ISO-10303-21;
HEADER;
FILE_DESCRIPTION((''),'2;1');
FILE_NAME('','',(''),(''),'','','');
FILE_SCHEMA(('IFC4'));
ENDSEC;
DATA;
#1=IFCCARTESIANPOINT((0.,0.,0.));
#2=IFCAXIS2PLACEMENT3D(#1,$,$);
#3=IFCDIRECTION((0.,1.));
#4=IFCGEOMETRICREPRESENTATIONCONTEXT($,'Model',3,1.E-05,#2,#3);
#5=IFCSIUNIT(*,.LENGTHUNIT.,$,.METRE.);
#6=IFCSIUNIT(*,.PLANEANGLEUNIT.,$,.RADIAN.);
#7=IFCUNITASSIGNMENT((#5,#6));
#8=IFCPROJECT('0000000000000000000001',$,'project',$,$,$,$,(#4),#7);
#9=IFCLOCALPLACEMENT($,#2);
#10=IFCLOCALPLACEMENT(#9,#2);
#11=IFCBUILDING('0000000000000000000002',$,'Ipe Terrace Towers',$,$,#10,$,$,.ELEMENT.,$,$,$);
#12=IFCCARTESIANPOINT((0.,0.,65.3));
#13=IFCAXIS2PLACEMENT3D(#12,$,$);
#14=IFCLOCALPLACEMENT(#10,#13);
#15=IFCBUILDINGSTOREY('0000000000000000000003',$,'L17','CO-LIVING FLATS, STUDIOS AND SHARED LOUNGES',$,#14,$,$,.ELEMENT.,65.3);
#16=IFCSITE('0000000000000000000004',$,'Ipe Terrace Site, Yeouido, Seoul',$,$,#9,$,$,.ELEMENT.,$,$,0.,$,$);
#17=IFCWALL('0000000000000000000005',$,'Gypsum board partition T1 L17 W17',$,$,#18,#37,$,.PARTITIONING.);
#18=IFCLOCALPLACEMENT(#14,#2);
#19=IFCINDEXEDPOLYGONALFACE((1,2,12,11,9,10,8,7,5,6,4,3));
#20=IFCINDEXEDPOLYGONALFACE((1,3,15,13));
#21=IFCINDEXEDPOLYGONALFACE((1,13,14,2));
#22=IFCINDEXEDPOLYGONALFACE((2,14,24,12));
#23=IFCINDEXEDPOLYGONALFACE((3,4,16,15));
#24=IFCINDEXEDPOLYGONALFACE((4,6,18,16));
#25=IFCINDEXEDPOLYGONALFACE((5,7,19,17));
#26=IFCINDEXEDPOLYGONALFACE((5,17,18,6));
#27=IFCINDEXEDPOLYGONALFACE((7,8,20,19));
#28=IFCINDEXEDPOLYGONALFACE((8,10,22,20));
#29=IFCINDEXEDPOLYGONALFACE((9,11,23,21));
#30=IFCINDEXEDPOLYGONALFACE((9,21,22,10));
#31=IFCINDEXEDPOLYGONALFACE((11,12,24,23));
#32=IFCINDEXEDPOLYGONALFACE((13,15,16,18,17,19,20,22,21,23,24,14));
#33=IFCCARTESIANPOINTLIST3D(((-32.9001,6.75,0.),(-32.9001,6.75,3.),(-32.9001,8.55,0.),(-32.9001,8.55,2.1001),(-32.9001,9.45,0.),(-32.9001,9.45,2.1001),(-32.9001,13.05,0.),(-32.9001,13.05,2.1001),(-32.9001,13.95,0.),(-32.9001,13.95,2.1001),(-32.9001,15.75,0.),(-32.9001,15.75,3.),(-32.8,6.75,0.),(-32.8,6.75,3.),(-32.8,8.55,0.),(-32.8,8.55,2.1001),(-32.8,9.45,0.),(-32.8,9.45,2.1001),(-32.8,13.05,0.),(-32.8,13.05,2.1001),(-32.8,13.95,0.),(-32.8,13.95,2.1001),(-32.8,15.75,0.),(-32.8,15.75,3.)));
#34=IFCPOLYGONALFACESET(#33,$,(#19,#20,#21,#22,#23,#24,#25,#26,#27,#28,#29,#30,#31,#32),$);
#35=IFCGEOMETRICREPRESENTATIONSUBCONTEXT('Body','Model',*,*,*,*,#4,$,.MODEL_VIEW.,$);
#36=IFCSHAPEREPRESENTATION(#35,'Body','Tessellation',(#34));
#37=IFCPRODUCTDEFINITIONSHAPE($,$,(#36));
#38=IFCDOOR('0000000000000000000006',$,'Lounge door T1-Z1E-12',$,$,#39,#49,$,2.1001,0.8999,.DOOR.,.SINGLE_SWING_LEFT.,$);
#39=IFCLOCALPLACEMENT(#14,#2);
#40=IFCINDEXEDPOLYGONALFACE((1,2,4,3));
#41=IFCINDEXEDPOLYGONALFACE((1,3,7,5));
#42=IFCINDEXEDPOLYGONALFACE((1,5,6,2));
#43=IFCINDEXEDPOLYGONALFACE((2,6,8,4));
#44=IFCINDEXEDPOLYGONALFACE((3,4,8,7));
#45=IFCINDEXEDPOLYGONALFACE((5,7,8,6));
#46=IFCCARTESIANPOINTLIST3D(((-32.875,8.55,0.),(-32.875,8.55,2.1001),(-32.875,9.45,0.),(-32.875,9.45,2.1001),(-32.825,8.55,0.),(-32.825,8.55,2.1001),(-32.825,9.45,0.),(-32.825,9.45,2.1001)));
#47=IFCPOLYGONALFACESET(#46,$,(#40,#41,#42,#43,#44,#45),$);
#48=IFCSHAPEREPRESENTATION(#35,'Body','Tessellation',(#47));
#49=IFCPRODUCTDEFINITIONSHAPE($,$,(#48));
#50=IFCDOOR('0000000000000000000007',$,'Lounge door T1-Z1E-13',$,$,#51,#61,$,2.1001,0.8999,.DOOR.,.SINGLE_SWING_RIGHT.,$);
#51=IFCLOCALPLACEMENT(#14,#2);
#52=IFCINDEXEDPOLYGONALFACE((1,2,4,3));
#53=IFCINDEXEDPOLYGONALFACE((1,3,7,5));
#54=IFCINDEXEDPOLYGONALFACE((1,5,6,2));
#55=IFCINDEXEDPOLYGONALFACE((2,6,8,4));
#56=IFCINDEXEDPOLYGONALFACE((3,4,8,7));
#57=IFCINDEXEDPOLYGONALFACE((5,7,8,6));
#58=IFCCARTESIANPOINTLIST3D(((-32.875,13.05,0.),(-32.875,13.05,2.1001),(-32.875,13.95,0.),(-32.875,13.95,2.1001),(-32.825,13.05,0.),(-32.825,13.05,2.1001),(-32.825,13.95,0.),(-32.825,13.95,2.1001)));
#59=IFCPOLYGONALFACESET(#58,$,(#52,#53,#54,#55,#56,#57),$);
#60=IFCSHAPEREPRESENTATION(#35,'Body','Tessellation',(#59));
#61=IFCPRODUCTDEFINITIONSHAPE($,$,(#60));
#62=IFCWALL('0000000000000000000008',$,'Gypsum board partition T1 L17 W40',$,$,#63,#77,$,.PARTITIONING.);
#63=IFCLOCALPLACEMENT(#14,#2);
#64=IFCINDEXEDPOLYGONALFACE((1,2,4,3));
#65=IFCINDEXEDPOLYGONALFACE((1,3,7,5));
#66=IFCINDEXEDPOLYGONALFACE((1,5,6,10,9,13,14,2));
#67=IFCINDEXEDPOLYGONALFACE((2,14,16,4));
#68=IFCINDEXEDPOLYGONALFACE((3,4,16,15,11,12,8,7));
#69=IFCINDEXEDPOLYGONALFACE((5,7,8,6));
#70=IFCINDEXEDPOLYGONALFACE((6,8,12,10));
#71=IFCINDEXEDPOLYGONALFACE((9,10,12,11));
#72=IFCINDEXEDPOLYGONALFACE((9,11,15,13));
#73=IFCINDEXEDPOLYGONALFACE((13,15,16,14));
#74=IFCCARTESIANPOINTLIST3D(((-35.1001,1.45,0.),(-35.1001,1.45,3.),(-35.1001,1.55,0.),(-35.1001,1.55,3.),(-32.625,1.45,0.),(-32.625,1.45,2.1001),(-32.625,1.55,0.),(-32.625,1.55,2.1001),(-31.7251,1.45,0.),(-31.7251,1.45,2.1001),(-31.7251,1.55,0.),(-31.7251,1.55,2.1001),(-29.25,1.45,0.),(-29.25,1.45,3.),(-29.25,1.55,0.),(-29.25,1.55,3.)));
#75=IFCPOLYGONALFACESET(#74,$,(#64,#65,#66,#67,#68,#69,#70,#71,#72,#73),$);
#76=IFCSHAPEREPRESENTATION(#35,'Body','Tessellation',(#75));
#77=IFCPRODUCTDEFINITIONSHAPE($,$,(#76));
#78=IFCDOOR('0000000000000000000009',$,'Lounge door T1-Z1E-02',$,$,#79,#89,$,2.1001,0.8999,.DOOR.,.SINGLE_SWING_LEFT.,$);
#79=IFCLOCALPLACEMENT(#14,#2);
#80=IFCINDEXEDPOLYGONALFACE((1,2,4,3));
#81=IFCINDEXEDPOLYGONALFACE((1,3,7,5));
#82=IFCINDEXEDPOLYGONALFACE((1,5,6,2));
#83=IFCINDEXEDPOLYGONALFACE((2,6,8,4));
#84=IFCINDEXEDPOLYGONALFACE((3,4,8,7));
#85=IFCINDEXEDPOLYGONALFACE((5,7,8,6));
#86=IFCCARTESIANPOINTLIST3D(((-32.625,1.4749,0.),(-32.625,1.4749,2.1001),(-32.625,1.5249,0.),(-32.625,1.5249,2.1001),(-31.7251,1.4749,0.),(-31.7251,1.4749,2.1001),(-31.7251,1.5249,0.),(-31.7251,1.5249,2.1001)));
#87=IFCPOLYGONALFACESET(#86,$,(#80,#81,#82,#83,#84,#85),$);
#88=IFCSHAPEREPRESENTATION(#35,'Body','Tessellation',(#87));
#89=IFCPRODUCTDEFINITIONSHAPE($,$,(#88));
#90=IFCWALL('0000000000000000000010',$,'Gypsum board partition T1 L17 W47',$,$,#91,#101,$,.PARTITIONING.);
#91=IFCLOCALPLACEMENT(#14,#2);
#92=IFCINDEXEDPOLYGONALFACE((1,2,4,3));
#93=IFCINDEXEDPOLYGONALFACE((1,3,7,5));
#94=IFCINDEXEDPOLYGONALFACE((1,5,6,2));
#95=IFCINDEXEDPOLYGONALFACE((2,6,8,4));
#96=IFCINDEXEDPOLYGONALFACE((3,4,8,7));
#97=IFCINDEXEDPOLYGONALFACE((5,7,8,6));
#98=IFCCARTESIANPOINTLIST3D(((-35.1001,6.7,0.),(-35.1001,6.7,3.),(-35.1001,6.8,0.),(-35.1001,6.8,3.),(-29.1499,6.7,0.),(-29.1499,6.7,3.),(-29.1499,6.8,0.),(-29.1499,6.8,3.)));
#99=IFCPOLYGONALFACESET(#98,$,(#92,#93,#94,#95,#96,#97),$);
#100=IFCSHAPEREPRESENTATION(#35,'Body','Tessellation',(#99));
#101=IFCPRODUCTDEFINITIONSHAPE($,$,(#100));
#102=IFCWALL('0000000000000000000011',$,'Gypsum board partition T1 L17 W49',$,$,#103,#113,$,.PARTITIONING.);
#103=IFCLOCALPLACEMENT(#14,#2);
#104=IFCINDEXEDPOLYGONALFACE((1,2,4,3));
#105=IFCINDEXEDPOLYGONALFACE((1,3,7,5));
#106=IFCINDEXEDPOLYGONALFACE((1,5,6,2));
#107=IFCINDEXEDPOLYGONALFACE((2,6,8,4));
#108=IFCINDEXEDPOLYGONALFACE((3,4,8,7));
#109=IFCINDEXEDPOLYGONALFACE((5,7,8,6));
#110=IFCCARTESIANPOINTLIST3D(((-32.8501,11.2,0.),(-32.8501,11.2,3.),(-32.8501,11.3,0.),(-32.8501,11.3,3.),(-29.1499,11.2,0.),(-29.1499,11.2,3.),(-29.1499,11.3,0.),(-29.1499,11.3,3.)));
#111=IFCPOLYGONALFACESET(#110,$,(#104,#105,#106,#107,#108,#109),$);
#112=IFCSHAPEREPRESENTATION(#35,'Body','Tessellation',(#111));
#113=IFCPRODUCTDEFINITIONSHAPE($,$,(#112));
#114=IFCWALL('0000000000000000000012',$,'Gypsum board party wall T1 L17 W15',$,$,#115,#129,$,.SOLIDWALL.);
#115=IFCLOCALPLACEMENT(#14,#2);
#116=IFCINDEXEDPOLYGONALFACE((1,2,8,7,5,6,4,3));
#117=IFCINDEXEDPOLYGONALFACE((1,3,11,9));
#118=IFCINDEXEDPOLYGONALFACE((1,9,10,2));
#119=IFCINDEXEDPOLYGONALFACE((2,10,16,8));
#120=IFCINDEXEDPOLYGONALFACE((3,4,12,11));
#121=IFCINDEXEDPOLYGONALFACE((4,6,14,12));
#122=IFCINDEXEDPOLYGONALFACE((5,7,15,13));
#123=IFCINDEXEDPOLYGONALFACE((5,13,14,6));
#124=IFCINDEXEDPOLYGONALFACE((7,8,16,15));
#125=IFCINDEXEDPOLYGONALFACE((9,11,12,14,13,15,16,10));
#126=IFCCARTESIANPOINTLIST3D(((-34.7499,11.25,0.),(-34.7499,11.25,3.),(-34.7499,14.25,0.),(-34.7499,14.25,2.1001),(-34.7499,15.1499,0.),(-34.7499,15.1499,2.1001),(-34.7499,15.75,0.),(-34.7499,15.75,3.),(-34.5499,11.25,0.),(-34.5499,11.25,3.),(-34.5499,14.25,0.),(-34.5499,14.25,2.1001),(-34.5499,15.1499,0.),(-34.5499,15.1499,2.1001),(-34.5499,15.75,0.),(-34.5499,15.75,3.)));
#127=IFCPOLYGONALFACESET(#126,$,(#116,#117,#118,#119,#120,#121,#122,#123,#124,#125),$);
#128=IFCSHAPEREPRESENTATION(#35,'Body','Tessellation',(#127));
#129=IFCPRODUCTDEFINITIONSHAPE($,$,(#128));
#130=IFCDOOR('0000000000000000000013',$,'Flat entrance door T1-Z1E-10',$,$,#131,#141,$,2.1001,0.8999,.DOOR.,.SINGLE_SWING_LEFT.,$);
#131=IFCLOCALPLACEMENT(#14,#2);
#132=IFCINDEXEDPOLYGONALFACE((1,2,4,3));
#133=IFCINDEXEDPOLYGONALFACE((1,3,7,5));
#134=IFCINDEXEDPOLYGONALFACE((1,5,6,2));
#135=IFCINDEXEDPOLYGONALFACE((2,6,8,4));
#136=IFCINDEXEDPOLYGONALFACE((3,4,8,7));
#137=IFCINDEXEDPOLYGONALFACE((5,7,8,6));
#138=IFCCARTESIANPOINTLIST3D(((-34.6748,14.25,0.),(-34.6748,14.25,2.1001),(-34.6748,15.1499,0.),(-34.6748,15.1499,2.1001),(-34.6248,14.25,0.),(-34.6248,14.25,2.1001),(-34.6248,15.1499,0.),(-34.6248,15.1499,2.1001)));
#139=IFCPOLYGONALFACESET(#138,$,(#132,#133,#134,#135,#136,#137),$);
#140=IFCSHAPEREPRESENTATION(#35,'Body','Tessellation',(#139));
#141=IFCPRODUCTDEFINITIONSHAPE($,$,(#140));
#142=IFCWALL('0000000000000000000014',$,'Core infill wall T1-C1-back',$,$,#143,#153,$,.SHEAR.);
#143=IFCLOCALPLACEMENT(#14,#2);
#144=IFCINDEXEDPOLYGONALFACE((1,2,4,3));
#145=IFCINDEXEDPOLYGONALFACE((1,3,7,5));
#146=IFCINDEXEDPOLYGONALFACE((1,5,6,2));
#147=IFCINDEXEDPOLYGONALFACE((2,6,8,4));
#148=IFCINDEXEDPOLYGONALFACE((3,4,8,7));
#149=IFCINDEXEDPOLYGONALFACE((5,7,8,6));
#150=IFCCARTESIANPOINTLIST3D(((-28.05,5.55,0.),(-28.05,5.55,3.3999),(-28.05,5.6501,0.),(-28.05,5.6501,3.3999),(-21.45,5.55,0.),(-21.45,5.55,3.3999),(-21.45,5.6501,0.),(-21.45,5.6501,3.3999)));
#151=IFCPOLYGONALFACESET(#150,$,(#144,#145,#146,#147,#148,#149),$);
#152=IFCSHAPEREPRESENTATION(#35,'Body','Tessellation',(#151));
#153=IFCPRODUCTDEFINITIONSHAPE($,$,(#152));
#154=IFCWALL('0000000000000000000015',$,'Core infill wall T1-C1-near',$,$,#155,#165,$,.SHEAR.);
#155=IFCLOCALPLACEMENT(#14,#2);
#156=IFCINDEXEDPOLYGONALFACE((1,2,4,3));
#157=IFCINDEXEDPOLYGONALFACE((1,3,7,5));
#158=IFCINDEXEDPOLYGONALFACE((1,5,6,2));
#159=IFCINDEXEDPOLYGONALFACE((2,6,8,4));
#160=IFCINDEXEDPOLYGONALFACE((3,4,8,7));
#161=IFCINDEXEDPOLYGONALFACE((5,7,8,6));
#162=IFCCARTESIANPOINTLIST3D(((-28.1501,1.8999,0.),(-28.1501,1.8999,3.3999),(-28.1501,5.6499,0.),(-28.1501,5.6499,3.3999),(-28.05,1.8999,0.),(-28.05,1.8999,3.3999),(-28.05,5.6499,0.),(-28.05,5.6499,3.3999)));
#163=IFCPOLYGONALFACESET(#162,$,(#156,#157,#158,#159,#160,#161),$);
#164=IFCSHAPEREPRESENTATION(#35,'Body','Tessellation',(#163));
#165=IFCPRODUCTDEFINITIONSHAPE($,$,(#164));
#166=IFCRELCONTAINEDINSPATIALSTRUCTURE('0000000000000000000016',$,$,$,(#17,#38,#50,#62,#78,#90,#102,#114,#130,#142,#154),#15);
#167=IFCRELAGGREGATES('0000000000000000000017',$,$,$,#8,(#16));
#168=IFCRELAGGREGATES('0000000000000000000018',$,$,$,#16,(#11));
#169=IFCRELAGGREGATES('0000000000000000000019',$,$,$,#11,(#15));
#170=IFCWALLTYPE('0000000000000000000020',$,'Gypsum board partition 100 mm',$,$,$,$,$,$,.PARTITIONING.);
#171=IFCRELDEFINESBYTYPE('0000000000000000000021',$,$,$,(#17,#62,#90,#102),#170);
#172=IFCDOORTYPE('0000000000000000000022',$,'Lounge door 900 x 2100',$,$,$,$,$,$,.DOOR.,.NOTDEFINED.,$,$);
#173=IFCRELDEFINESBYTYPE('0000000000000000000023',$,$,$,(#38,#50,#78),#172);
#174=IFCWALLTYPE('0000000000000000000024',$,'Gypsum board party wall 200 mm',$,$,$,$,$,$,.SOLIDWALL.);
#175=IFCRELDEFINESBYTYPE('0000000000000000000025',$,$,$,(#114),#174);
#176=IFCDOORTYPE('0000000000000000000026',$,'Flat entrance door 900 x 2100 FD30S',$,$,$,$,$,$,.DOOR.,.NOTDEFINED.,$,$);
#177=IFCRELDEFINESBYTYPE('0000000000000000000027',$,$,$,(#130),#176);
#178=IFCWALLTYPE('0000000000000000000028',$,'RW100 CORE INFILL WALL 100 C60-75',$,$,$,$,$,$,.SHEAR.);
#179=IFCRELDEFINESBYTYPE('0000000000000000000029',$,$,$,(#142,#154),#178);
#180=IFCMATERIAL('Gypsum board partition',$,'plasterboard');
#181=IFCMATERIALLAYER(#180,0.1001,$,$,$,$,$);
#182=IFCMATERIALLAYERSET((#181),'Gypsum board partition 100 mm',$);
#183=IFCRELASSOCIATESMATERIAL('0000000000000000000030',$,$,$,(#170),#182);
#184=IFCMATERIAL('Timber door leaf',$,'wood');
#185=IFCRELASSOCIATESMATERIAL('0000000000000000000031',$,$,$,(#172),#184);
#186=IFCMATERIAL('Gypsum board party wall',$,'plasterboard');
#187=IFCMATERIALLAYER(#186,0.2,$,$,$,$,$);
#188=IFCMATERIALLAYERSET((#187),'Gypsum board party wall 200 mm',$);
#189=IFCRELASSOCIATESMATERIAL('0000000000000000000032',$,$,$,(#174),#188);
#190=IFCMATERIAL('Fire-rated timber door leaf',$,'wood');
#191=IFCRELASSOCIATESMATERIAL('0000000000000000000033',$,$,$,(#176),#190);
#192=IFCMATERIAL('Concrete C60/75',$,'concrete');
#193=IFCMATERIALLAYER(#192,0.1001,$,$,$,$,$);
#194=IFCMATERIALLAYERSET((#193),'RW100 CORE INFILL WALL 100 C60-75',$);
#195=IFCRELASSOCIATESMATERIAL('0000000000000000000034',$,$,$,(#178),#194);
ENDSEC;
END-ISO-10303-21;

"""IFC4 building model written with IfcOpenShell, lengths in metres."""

from ifc_helpers import new_model, si_unit, direction, frame, frame_2d, origin, place, context, subcontext, project, spatial, rectangle, extrude, material, layer, layer_set, type_object, element, fill, save


model = new_model("IFC4")

# Units and contexts
model_context = context("Model", 3, precision=1e-05, world=origin(), true_north=direction((0.0, 1.0)))
body_context = subcontext(model_context, "Body", "Model", "MODEL_VIEW")
ifc_project = project(units=[si_unit("LENGTHUNIT", "METRE"), si_unit("PLANEANGLEUNIT", "RADIAN")], contexts=[model_context])

# Site, building, storey
site_placement = place(None, origin())
site = spatial("IfcSite", under=ifc_project, at=site_placement, Name="Ipe Terrace Site, Yeouido, Seoul", CompositionType="ELEMENT", RefElevation=0.0)
building_placement = place(site_placement, origin())
building = spatial("IfcBuilding", under=site, at=building_placement, Name="Ipe Terrace Towers", CompositionType="ELEMENT")
storey_placement = place(building_placement, frame((0.0, 0.0, 65.3)))
storey = spatial("IfcBuildingStorey", under=building, at=storey_placement, Name="L17", Description="CO-LIVING FLATS, STUDIOS AND SHARED LOUNGES", CompositionType="ELEMENT", Elevation=65.3)

# Shared definitions
ifc_material_1 = material(Name="Gypsum board partition", Category="plasterboard")
ifc_layer_1 = layer(ifc_material_1, 0.1001)
ifc_layer_set_1 = layer_set([ifc_layer_1], Name="Gypsum board partition 100 mm")
wall_type_1 = type_object("IfcWallType", Name="Gypsum board partition 100 mm", PredefinedType="PARTITIONING", material=ifc_layer_set_1)

# Shared definitions
ifc_material_2 = material(Name="Timber door leaf", Category="wood")
door_type_1 = type_object("IfcDoorType", Name="Lounge door 900 x 2100", OperationType="NOTDEFINED", PredefinedType="DOOR", material=ifc_material_2)

# Wall, openings, doors
wall_1_placement = place(storey_placement, frame((-32.8501, 6.75, 0.0), z_axis=(0.0, 0.0, 1.0), x_axis=(0.0, 1.0, 0.0)))
wall_1 = element("IfcWall", 1, at=wall_1_placement, inside=storey, type_object=wall_type_1, Name="Gypsum board partition T1 L17 W17", PredefinedType="PARTITIONING", context=body_context, shape_type="SweptSolid", body=[
    extrude(rectangle(XDim=9.0, YDim=0.1001, at=frame_2d((4.5, 0.0))), origin(), (0.0, 0.0, 1.0), 3.0),
])
opening_1_placement = place(wall_1_placement, frame((1.8, 0.0, 0.0)))
opening_1 = element("IfcOpeningElement", 2, at=opening_1_placement, cuts=wall_1, PredefinedType="OPENING", context=body_context, shape_type="SweptSolid", body=[
    extrude(rectangle(XDim=0.8999, YDim=2.1001, at=frame_2d((0.45, 1.05))), frame((0.0, 0.0601, 0.0), z_axis=(0.0, -1.0, 0.0), x_axis=(1.0, 0.0, 0.0)), (0.0, 0.0, 1.0), 0.1201),
])
opening_2_placement = place(wall_1_placement, frame((6.3, 0.0, 0.0)))
opening_2 = element("IfcOpeningElement", 3, at=opening_2_placement, cuts=wall_1, PredefinedType="OPENING", context=body_context, shape_type="SweptSolid", body=[
    extrude(rectangle(XDim=0.8999, YDim=2.1001, at=frame_2d((0.45, 1.05))), frame((0.0, 0.0601, 0.0), z_axis=(0.0, -1.0, 0.0), x_axis=(1.0, 0.0, 0.0)), (0.0, 0.0, 1.0), 0.1201),
])
door_1_placement = place(opening_1_placement, origin())
door_1 = element("IfcDoor", 4, at=door_1_placement, inside=storey, type_object=door_type_1, Name="Lounge door T1-Z1E-12", OperationType="SINGLE_SWING_LEFT", OverallHeight=2.1001, OverallWidth=0.8999, PredefinedType="DOOR", context=body_context, shape_type="SweptSolid", body=[
    extrude(rectangle(XDim=0.8999, YDim=2.1001, at=frame_2d((0.45, 1.05))), frame((0.0, 0.0249, 0.0), z_axis=(0.0, -1.0, 0.0), x_axis=(1.0, 0.0, 0.0)), (0.0, 0.0, 1.0), 0.05),
])
fill(opening_1, door_1)
door_2_placement = place(opening_2_placement, origin())
door_2 = element("IfcDoor", 5, at=door_2_placement, inside=storey, type_object=door_type_1, Name="Lounge door T1-Z1E-13", OperationType="SINGLE_SWING_RIGHT", OverallHeight=2.1001, OverallWidth=0.8999, PredefinedType="DOOR", context=body_context, shape_type="SweptSolid", body=[
    extrude(rectangle(XDim=0.8999, YDim=2.1001, at=frame_2d((0.45, 1.05))), frame((0.0, 0.0249, 0.0), z_axis=(0.0, -1.0, 0.0), x_axis=(1.0, 0.0, 0.0)), (0.0, 0.0, 1.0), 0.05),
])
fill(opening_2, door_2)

# Wall, opening, door
wall_2_placement = place(storey_placement, frame((-35.1001, 1.5, 0.0), z_axis=(0.0, 0.0, 1.0), x_axis=(1.0, 0.0, 0.0)))
wall_2 = element("IfcWall", 6, at=wall_2_placement, inside=storey, type_object=wall_type_1, Name="Gypsum board partition T1 L17 W40", PredefinedType="PARTITIONING", context=body_context, shape_type="SweptSolid", body=[
    extrude(rectangle(XDim=5.8501, YDim=0.1001, at=frame_2d((2.925, 0.0))), origin(), (0.0, 0.0, 1.0), 3.0),
])
opening_3_placement = place(wall_2_placement, frame((2.4751, 0.0, 0.0)))
opening_3 = element("IfcOpeningElement", 7, at=opening_3_placement, cuts=wall_2, PredefinedType="OPENING", context=body_context, shape_type="SweptSolid", body=[
    extrude(rectangle(XDim=0.8999, YDim=2.1001, at=frame_2d((0.45, 1.05))), frame((0.0, 0.0601, 0.0), z_axis=(0.0, -1.0, 0.0), x_axis=(1.0, 0.0, 0.0)), (0.0, 0.0, 1.0), 0.1201),
])
door_3_placement = place(opening_3_placement, origin())
door_3 = element("IfcDoor", 8, at=door_3_placement, inside=storey, type_object=door_type_1, Name="Lounge door T1-Z1E-02", OperationType="SINGLE_SWING_LEFT", OverallHeight=2.1001, OverallWidth=0.8999, PredefinedType="DOOR", context=body_context, shape_type="SweptSolid", body=[
    extrude(rectangle(XDim=0.8999, YDim=2.1001, at=frame_2d((0.45, 1.05))), frame((0.0, 0.0249, 0.0), z_axis=(0.0, -1.0, 0.0), x_axis=(1.0, 0.0, 0.0)), (0.0, 0.0, 1.0), 0.05),
])
fill(opening_3, door_3)

# Walls
wall_3_placement = place(storey_placement, frame((-35.1001, 6.75, 0.0), z_axis=(0.0, 0.0, 1.0), x_axis=(1.0, 0.0, 0.0)))
element("IfcWall", 9, at=wall_3_placement, inside=storey, type_object=wall_type_1, Name="Gypsum board partition T1 L17 W47", PredefinedType="PARTITIONING", context=body_context, shape_type="SweptSolid", body=[
    extrude(rectangle(XDim=5.9502, YDim=0.1001, at=frame_2d((2.9751, 0.0))), origin(), (0.0, 0.0, 1.0), 3.0),
])
wall_4_placement = place(storey_placement, frame((-32.8501, 11.25, 0.0), z_axis=(0.0, 0.0, 1.0), x_axis=(1.0, 0.0, 0.0)))
element("IfcWall", 10, at=wall_4_placement, inside=storey, type_object=wall_type_1, Name="Gypsum board partition T1 L17 W49", PredefinedType="PARTITIONING", context=body_context, shape_type="SweptSolid", body=[
    extrude(rectangle(XDim=3.7002, YDim=0.1001, at=frame_2d((1.8501, 0.0))), origin(), (0.0, 0.0, 1.0), 3.0),
])

# Wall, opening, door
ifc_material_3 = material(Name="Gypsum board party wall", Category="plasterboard")
ifc_layer_2 = layer(ifc_material_3, 0.2)
ifc_layer_set_2 = layer_set([ifc_layer_2], Name="Gypsum board party wall 200 mm")
wall_type_2 = type_object("IfcWallType", Name="Gypsum board party wall 200 mm", PredefinedType="SOLIDWALL", material=ifc_layer_set_2)
wall_5_placement = place(storey_placement, frame((-34.6499, 11.25, 0.0), z_axis=(0.0, 0.0, 1.0), x_axis=(0.0, 1.0, 0.0)))
wall_5 = element("IfcWall", 11, at=wall_5_placement, inside=storey, type_object=wall_type_2, Name="Gypsum board party wall T1 L17 W15", PredefinedType="SOLIDWALL", context=body_context, shape_type="SweptSolid", body=[
    extrude(rectangle(XDim=4.5, YDim=0.2, at=frame_2d((2.25, 0.0))), origin(), (0.0, 0.0, 1.0), 3.0),
])
opening_4_placement = place(wall_5_placement, frame((3.0, 0.0, 0.0)))
opening_4 = element("IfcOpeningElement", 12, at=opening_4_placement, cuts=wall_5, PredefinedType="OPENING", context=body_context, shape_type="SweptSolid", body=[
    extrude(rectangle(XDim=0.8999, YDim=2.1001, at=frame_2d((0.45, 1.05))), frame((0.0, 0.1099, 0.0), z_axis=(0.0, -1.0, 0.0), x_axis=(1.0, 0.0, 0.0)), (0.0, 0.0, 1.0), 0.22),
])
ifc_material_4 = material(Name="Fire-rated timber door leaf", Category="wood")
door_type_2 = type_object("IfcDoorType", Name="Flat entrance door 900 x 2100 FD30S", OperationType="NOTDEFINED", PredefinedType="DOOR", material=ifc_material_4)
door_4_placement = place(opening_4_placement, origin())
door_4 = element("IfcDoor", 13, at=door_4_placement, inside=storey, type_object=door_type_2, Name="Flat entrance door T1-Z1E-10", OperationType="SINGLE_SWING_LEFT", OverallHeight=2.1001, OverallWidth=0.8999, PredefinedType="DOOR", context=body_context, shape_type="SweptSolid", body=[
    extrude(rectangle(XDim=0.8999, YDim=2.1001, at=frame_2d((0.45, 1.05))), frame((0.0, 0.0249, 0.0), z_axis=(0.0, -1.0, 0.0), x_axis=(1.0, 0.0, 0.0)), (0.0, 0.0, 1.0), 0.05),
])
fill(opening_4, door_4)

# Walls
ifc_material_5 = material(Name="Concrete C60/75", Category="concrete")
ifc_layer_3 = layer(ifc_material_5, 0.1001)
ifc_layer_set_3 = layer_set([ifc_layer_3], Name="RW100 CORE INFILL WALL 100 C60-75")
wall_type_3 = type_object("IfcWallType", Name="RW100 CORE INFILL WALL 100 C60-75", PredefinedType="SHEAR", material=ifc_layer_set_3)
wall_6_placement = place(storey_placement, frame((-28.05, 5.6001, 0.0), z_axis=(0.0, 0.0, 1.0), x_axis=(1.0, 0.0, 0.0)))
element("IfcWall", 14, at=wall_6_placement, inside=storey, type_object=wall_type_3, Name="Core infill wall T1-C1-back", PredefinedType="SHEAR", context=body_context, shape_type="SweptSolid", body=[
    extrude(rectangle(XDim=6.6001, YDim=0.1001, at=frame_2d((3.3, 0.0))), origin(), (0.0, 0.0, 1.0), 3.3999),
])
wall_7_placement = place(storey_placement, frame((-28.1001, 1.8999, 0.0), z_axis=(0.0, 0.0, 1.0), x_axis=(0.0, 1.0, 0.0)))
element("IfcWall", 15, at=wall_7_placement, inside=storey, type_object=wall_type_3, Name="Core infill wall T1-C1-near", PredefinedType="SHEAR", context=body_context, shape_type="SweptSolid", body=[
    extrude(rectangle(XDim=3.75, YDim=0.1001, at=frame_2d((1.875, 0.0))), origin(), (0.0, 0.0, 1.0), 3.3999),
])

save(model, "model.ifc")
